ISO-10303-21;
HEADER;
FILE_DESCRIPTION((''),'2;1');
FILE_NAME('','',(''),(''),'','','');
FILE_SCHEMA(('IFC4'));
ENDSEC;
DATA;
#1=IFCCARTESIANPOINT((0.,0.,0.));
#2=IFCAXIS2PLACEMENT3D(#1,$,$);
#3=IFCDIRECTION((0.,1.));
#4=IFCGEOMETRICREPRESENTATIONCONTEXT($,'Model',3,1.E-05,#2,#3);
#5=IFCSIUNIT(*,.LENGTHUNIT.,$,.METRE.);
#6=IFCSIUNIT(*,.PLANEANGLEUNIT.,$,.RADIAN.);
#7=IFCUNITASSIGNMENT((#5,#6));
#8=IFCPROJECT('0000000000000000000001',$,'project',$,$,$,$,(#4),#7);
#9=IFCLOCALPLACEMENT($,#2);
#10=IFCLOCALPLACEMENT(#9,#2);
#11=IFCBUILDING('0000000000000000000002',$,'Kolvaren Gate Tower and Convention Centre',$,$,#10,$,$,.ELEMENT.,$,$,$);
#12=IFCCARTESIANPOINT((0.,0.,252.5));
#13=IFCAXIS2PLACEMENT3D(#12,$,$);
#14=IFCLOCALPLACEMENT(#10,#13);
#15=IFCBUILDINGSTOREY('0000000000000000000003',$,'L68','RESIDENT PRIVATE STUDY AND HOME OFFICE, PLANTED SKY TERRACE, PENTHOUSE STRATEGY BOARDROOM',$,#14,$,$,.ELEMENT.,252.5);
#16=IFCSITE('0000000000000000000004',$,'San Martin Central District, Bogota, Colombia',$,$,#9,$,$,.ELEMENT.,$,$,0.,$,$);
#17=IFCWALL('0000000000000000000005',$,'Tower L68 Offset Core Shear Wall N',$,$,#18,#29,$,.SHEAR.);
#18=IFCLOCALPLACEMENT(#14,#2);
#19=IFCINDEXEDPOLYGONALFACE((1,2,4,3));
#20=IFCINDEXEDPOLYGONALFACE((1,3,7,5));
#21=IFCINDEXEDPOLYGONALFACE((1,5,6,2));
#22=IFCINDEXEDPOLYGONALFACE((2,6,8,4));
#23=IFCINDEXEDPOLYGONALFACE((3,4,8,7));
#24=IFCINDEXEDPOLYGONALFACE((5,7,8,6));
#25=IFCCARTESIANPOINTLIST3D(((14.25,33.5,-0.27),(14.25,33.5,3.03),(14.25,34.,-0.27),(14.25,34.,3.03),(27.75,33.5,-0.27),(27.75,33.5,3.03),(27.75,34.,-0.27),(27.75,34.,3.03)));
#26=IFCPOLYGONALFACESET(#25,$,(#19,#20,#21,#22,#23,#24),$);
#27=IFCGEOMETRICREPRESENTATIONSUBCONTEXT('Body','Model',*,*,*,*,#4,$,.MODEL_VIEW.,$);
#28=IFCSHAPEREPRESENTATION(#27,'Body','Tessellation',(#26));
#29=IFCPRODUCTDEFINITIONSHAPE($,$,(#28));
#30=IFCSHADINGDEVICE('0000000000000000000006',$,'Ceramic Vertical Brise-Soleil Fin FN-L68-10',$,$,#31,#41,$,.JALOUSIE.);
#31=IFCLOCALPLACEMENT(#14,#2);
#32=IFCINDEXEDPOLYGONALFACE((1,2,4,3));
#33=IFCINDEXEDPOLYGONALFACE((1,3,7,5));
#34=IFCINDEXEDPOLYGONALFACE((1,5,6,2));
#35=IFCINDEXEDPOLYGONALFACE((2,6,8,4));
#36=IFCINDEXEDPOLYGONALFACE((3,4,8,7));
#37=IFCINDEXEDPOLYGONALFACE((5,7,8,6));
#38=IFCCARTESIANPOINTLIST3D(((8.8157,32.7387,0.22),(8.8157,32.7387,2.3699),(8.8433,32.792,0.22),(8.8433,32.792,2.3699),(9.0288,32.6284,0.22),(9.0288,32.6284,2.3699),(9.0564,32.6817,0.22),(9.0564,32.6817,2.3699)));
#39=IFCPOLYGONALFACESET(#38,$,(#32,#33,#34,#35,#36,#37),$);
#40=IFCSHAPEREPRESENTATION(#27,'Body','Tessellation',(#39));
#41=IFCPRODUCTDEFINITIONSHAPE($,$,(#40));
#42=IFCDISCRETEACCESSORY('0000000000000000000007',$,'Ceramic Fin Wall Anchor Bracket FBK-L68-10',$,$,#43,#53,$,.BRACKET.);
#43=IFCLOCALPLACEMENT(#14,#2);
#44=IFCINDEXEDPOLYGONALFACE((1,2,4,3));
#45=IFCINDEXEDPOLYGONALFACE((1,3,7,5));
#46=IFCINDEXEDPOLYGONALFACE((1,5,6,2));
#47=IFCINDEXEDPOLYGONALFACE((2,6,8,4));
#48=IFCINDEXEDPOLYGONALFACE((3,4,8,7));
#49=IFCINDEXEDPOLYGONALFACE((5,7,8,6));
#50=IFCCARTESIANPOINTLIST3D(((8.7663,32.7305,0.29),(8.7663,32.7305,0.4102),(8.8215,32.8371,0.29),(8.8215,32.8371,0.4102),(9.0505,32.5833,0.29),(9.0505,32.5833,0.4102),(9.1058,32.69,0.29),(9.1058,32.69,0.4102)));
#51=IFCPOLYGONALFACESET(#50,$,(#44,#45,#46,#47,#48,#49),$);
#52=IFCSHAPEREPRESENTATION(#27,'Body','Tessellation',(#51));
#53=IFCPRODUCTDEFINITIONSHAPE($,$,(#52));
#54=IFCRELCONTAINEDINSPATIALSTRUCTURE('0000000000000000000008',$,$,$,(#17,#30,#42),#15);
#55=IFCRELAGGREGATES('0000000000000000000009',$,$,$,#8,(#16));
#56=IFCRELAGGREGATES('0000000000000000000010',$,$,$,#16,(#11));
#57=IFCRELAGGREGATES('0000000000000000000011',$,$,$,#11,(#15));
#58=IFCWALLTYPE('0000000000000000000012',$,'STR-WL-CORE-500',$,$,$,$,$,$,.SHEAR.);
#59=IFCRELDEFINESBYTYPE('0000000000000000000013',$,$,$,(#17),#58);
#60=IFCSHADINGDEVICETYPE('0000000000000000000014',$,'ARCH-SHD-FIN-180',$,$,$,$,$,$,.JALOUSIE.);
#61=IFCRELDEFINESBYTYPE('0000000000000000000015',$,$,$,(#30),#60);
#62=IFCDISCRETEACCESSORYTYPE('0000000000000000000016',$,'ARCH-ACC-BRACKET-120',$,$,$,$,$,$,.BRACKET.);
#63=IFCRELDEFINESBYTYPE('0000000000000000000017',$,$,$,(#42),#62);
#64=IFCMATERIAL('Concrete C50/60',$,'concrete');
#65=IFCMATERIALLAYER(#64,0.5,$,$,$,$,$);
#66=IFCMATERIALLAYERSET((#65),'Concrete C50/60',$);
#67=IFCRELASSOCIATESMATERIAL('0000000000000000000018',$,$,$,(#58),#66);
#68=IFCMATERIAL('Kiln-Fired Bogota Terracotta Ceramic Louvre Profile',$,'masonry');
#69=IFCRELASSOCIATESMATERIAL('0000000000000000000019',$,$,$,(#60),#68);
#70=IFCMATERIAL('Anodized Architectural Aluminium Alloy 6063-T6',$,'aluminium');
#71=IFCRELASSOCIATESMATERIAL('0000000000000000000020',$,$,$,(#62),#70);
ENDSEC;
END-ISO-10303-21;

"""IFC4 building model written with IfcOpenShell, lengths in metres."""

from ifc_helpers import new_model, si_unit, direction, frame, frame_2d, origin, origin_2d, place, context, subcontext, project, spatial, rectangle, extrude, material, layer, layer_set, type_object, element, save


model = new_model("IFC4")

# Units and contexts
model_context = context("Model", 3, precision=1e-05, world=origin(), true_north=direction((0.0, 1.0)))
body_context = subcontext(model_context, "Body", "Model", "MODEL_VIEW")
ifc_project = project(units=[si_unit("LENGTHUNIT", "METRE"), si_unit("PLANEANGLEUNIT", "RADIAN")], contexts=[model_context])

# Site, building, storey
site_placement = place(None, origin())
site = spatial("IfcSite", under=ifc_project, at=site_placement, Name="San Martin Central District, Bogota, Colombia", CompositionType="ELEMENT", RefElevation=0.0)
building_placement = place(site_placement, origin())
building = spatial("IfcBuilding", under=site, at=building_placement, Name="Kolvaren Gate Tower and Convention Centre", CompositionType="ELEMENT")
storey_placement = place(building_placement, frame((0.0, 0.0, 252.5)))
storey = spatial("IfcBuildingStorey", under=building, at=storey_placement, Name="L68", Description="RESIDENT PRIVATE STUDY AND HOME OFFICE, PLANTED SKY TERRACE, PENTHOUSE STRATEGY BOARDROOM", CompositionType="ELEMENT", Elevation=252.5)

# Shared definitions
ifc_material_1 = material(Name="Anodized Architectural Aluminium Alloy 6063-T6", Category="aluminium")

# Wall
ifc_material_2 = material(Name="Concrete C50/60", Category="concrete")
ifc_layer_1 = layer(ifc_material_2, 0.5)
ifc_layer_set_1 = layer_set([ifc_layer_1], Name="Concrete C50/60")
wall_type_1 = type_object("IfcWallType", Name="STR-WL-CORE-500", PredefinedType="SHEAR", material=ifc_layer_set_1)
wall_1_placement = place(storey_placement, frame((14.25, 33.75, -0.27), z_axis=(0.0, 0.0, 1.0), x_axis=(1.0, 0.0, 0.0)))
element("IfcWall", 1, at=wall_1_placement, inside=storey, type_object=wall_type_1, Name="Tower L68 Offset Core Shear Wall N", PredefinedType="SHEAR", context=body_context, shape_type="SweptSolid", body=[
    extrude(rectangle(XDim=13.5, YDim=0.5, at=frame_2d((6.75, 0.0))), origin(), (0.0, 0.0, 1.0), 3.3),
])

# Shading device
ifc_material_3 = material(Name="Kiln-Fired Bogota Terracotta Ceramic Louvre Profile", Category="masonry")
shading_device_type = type_object("IfcShadingDeviceType", Name="ARCH-SHD-FIN-180", PredefinedType="JALOUSIE", material=ifc_material_3)
shading_device_placement = place(storey_placement, frame((8.936, 32.7102, 0.22), z_axis=(0.0, 0.0, 1.0), x_axis=(0.459778, 0.888034, 0.0)))
element("IfcShadingDevice", 2, at=shading_device_placement, inside=storey, type_object=shading_device_type, Name="Ceramic Vertical Brise-Soleil Fin FN-L68-10", PredefinedType="JALOUSIE", context=body_context, shape_type="SweptSolid", body=[
    extrude(rectangle(XDim=0.0601, YDim=0.24, at=origin_2d()), origin(), (0.0, 0.0, 1.0), 2.1499),
])

# Discrete accessory
discrete_accessory_type = type_object("IfcDiscreteAccessoryType", Name="ARCH-ACC-BRACKET-120", PredefinedType="BRACKET", material=ifc_material_1)
discrete_accessory_placement = place(storey_placement, frame((8.936, 32.7102, 0.29), z_axis=(0.0, 0.0, 1.0), x_axis=(0.459778, 0.888034, 0.0)))
element("IfcDiscreteAccessory", 3, at=discrete_accessory_placement, inside=storey, type_object=discrete_accessory_type, Name="Ceramic Fin Wall Anchor Bracket FBK-L68-10", PredefinedType="BRACKET", context=body_context, shape_type="SweptSolid", body=[
    extrude(rectangle(XDim=0.1201, YDim=0.3201, at=origin_2d()), origin(), (0.0, 0.0, 1.0), 0.1201),
])

save(model, "model.ifc")
